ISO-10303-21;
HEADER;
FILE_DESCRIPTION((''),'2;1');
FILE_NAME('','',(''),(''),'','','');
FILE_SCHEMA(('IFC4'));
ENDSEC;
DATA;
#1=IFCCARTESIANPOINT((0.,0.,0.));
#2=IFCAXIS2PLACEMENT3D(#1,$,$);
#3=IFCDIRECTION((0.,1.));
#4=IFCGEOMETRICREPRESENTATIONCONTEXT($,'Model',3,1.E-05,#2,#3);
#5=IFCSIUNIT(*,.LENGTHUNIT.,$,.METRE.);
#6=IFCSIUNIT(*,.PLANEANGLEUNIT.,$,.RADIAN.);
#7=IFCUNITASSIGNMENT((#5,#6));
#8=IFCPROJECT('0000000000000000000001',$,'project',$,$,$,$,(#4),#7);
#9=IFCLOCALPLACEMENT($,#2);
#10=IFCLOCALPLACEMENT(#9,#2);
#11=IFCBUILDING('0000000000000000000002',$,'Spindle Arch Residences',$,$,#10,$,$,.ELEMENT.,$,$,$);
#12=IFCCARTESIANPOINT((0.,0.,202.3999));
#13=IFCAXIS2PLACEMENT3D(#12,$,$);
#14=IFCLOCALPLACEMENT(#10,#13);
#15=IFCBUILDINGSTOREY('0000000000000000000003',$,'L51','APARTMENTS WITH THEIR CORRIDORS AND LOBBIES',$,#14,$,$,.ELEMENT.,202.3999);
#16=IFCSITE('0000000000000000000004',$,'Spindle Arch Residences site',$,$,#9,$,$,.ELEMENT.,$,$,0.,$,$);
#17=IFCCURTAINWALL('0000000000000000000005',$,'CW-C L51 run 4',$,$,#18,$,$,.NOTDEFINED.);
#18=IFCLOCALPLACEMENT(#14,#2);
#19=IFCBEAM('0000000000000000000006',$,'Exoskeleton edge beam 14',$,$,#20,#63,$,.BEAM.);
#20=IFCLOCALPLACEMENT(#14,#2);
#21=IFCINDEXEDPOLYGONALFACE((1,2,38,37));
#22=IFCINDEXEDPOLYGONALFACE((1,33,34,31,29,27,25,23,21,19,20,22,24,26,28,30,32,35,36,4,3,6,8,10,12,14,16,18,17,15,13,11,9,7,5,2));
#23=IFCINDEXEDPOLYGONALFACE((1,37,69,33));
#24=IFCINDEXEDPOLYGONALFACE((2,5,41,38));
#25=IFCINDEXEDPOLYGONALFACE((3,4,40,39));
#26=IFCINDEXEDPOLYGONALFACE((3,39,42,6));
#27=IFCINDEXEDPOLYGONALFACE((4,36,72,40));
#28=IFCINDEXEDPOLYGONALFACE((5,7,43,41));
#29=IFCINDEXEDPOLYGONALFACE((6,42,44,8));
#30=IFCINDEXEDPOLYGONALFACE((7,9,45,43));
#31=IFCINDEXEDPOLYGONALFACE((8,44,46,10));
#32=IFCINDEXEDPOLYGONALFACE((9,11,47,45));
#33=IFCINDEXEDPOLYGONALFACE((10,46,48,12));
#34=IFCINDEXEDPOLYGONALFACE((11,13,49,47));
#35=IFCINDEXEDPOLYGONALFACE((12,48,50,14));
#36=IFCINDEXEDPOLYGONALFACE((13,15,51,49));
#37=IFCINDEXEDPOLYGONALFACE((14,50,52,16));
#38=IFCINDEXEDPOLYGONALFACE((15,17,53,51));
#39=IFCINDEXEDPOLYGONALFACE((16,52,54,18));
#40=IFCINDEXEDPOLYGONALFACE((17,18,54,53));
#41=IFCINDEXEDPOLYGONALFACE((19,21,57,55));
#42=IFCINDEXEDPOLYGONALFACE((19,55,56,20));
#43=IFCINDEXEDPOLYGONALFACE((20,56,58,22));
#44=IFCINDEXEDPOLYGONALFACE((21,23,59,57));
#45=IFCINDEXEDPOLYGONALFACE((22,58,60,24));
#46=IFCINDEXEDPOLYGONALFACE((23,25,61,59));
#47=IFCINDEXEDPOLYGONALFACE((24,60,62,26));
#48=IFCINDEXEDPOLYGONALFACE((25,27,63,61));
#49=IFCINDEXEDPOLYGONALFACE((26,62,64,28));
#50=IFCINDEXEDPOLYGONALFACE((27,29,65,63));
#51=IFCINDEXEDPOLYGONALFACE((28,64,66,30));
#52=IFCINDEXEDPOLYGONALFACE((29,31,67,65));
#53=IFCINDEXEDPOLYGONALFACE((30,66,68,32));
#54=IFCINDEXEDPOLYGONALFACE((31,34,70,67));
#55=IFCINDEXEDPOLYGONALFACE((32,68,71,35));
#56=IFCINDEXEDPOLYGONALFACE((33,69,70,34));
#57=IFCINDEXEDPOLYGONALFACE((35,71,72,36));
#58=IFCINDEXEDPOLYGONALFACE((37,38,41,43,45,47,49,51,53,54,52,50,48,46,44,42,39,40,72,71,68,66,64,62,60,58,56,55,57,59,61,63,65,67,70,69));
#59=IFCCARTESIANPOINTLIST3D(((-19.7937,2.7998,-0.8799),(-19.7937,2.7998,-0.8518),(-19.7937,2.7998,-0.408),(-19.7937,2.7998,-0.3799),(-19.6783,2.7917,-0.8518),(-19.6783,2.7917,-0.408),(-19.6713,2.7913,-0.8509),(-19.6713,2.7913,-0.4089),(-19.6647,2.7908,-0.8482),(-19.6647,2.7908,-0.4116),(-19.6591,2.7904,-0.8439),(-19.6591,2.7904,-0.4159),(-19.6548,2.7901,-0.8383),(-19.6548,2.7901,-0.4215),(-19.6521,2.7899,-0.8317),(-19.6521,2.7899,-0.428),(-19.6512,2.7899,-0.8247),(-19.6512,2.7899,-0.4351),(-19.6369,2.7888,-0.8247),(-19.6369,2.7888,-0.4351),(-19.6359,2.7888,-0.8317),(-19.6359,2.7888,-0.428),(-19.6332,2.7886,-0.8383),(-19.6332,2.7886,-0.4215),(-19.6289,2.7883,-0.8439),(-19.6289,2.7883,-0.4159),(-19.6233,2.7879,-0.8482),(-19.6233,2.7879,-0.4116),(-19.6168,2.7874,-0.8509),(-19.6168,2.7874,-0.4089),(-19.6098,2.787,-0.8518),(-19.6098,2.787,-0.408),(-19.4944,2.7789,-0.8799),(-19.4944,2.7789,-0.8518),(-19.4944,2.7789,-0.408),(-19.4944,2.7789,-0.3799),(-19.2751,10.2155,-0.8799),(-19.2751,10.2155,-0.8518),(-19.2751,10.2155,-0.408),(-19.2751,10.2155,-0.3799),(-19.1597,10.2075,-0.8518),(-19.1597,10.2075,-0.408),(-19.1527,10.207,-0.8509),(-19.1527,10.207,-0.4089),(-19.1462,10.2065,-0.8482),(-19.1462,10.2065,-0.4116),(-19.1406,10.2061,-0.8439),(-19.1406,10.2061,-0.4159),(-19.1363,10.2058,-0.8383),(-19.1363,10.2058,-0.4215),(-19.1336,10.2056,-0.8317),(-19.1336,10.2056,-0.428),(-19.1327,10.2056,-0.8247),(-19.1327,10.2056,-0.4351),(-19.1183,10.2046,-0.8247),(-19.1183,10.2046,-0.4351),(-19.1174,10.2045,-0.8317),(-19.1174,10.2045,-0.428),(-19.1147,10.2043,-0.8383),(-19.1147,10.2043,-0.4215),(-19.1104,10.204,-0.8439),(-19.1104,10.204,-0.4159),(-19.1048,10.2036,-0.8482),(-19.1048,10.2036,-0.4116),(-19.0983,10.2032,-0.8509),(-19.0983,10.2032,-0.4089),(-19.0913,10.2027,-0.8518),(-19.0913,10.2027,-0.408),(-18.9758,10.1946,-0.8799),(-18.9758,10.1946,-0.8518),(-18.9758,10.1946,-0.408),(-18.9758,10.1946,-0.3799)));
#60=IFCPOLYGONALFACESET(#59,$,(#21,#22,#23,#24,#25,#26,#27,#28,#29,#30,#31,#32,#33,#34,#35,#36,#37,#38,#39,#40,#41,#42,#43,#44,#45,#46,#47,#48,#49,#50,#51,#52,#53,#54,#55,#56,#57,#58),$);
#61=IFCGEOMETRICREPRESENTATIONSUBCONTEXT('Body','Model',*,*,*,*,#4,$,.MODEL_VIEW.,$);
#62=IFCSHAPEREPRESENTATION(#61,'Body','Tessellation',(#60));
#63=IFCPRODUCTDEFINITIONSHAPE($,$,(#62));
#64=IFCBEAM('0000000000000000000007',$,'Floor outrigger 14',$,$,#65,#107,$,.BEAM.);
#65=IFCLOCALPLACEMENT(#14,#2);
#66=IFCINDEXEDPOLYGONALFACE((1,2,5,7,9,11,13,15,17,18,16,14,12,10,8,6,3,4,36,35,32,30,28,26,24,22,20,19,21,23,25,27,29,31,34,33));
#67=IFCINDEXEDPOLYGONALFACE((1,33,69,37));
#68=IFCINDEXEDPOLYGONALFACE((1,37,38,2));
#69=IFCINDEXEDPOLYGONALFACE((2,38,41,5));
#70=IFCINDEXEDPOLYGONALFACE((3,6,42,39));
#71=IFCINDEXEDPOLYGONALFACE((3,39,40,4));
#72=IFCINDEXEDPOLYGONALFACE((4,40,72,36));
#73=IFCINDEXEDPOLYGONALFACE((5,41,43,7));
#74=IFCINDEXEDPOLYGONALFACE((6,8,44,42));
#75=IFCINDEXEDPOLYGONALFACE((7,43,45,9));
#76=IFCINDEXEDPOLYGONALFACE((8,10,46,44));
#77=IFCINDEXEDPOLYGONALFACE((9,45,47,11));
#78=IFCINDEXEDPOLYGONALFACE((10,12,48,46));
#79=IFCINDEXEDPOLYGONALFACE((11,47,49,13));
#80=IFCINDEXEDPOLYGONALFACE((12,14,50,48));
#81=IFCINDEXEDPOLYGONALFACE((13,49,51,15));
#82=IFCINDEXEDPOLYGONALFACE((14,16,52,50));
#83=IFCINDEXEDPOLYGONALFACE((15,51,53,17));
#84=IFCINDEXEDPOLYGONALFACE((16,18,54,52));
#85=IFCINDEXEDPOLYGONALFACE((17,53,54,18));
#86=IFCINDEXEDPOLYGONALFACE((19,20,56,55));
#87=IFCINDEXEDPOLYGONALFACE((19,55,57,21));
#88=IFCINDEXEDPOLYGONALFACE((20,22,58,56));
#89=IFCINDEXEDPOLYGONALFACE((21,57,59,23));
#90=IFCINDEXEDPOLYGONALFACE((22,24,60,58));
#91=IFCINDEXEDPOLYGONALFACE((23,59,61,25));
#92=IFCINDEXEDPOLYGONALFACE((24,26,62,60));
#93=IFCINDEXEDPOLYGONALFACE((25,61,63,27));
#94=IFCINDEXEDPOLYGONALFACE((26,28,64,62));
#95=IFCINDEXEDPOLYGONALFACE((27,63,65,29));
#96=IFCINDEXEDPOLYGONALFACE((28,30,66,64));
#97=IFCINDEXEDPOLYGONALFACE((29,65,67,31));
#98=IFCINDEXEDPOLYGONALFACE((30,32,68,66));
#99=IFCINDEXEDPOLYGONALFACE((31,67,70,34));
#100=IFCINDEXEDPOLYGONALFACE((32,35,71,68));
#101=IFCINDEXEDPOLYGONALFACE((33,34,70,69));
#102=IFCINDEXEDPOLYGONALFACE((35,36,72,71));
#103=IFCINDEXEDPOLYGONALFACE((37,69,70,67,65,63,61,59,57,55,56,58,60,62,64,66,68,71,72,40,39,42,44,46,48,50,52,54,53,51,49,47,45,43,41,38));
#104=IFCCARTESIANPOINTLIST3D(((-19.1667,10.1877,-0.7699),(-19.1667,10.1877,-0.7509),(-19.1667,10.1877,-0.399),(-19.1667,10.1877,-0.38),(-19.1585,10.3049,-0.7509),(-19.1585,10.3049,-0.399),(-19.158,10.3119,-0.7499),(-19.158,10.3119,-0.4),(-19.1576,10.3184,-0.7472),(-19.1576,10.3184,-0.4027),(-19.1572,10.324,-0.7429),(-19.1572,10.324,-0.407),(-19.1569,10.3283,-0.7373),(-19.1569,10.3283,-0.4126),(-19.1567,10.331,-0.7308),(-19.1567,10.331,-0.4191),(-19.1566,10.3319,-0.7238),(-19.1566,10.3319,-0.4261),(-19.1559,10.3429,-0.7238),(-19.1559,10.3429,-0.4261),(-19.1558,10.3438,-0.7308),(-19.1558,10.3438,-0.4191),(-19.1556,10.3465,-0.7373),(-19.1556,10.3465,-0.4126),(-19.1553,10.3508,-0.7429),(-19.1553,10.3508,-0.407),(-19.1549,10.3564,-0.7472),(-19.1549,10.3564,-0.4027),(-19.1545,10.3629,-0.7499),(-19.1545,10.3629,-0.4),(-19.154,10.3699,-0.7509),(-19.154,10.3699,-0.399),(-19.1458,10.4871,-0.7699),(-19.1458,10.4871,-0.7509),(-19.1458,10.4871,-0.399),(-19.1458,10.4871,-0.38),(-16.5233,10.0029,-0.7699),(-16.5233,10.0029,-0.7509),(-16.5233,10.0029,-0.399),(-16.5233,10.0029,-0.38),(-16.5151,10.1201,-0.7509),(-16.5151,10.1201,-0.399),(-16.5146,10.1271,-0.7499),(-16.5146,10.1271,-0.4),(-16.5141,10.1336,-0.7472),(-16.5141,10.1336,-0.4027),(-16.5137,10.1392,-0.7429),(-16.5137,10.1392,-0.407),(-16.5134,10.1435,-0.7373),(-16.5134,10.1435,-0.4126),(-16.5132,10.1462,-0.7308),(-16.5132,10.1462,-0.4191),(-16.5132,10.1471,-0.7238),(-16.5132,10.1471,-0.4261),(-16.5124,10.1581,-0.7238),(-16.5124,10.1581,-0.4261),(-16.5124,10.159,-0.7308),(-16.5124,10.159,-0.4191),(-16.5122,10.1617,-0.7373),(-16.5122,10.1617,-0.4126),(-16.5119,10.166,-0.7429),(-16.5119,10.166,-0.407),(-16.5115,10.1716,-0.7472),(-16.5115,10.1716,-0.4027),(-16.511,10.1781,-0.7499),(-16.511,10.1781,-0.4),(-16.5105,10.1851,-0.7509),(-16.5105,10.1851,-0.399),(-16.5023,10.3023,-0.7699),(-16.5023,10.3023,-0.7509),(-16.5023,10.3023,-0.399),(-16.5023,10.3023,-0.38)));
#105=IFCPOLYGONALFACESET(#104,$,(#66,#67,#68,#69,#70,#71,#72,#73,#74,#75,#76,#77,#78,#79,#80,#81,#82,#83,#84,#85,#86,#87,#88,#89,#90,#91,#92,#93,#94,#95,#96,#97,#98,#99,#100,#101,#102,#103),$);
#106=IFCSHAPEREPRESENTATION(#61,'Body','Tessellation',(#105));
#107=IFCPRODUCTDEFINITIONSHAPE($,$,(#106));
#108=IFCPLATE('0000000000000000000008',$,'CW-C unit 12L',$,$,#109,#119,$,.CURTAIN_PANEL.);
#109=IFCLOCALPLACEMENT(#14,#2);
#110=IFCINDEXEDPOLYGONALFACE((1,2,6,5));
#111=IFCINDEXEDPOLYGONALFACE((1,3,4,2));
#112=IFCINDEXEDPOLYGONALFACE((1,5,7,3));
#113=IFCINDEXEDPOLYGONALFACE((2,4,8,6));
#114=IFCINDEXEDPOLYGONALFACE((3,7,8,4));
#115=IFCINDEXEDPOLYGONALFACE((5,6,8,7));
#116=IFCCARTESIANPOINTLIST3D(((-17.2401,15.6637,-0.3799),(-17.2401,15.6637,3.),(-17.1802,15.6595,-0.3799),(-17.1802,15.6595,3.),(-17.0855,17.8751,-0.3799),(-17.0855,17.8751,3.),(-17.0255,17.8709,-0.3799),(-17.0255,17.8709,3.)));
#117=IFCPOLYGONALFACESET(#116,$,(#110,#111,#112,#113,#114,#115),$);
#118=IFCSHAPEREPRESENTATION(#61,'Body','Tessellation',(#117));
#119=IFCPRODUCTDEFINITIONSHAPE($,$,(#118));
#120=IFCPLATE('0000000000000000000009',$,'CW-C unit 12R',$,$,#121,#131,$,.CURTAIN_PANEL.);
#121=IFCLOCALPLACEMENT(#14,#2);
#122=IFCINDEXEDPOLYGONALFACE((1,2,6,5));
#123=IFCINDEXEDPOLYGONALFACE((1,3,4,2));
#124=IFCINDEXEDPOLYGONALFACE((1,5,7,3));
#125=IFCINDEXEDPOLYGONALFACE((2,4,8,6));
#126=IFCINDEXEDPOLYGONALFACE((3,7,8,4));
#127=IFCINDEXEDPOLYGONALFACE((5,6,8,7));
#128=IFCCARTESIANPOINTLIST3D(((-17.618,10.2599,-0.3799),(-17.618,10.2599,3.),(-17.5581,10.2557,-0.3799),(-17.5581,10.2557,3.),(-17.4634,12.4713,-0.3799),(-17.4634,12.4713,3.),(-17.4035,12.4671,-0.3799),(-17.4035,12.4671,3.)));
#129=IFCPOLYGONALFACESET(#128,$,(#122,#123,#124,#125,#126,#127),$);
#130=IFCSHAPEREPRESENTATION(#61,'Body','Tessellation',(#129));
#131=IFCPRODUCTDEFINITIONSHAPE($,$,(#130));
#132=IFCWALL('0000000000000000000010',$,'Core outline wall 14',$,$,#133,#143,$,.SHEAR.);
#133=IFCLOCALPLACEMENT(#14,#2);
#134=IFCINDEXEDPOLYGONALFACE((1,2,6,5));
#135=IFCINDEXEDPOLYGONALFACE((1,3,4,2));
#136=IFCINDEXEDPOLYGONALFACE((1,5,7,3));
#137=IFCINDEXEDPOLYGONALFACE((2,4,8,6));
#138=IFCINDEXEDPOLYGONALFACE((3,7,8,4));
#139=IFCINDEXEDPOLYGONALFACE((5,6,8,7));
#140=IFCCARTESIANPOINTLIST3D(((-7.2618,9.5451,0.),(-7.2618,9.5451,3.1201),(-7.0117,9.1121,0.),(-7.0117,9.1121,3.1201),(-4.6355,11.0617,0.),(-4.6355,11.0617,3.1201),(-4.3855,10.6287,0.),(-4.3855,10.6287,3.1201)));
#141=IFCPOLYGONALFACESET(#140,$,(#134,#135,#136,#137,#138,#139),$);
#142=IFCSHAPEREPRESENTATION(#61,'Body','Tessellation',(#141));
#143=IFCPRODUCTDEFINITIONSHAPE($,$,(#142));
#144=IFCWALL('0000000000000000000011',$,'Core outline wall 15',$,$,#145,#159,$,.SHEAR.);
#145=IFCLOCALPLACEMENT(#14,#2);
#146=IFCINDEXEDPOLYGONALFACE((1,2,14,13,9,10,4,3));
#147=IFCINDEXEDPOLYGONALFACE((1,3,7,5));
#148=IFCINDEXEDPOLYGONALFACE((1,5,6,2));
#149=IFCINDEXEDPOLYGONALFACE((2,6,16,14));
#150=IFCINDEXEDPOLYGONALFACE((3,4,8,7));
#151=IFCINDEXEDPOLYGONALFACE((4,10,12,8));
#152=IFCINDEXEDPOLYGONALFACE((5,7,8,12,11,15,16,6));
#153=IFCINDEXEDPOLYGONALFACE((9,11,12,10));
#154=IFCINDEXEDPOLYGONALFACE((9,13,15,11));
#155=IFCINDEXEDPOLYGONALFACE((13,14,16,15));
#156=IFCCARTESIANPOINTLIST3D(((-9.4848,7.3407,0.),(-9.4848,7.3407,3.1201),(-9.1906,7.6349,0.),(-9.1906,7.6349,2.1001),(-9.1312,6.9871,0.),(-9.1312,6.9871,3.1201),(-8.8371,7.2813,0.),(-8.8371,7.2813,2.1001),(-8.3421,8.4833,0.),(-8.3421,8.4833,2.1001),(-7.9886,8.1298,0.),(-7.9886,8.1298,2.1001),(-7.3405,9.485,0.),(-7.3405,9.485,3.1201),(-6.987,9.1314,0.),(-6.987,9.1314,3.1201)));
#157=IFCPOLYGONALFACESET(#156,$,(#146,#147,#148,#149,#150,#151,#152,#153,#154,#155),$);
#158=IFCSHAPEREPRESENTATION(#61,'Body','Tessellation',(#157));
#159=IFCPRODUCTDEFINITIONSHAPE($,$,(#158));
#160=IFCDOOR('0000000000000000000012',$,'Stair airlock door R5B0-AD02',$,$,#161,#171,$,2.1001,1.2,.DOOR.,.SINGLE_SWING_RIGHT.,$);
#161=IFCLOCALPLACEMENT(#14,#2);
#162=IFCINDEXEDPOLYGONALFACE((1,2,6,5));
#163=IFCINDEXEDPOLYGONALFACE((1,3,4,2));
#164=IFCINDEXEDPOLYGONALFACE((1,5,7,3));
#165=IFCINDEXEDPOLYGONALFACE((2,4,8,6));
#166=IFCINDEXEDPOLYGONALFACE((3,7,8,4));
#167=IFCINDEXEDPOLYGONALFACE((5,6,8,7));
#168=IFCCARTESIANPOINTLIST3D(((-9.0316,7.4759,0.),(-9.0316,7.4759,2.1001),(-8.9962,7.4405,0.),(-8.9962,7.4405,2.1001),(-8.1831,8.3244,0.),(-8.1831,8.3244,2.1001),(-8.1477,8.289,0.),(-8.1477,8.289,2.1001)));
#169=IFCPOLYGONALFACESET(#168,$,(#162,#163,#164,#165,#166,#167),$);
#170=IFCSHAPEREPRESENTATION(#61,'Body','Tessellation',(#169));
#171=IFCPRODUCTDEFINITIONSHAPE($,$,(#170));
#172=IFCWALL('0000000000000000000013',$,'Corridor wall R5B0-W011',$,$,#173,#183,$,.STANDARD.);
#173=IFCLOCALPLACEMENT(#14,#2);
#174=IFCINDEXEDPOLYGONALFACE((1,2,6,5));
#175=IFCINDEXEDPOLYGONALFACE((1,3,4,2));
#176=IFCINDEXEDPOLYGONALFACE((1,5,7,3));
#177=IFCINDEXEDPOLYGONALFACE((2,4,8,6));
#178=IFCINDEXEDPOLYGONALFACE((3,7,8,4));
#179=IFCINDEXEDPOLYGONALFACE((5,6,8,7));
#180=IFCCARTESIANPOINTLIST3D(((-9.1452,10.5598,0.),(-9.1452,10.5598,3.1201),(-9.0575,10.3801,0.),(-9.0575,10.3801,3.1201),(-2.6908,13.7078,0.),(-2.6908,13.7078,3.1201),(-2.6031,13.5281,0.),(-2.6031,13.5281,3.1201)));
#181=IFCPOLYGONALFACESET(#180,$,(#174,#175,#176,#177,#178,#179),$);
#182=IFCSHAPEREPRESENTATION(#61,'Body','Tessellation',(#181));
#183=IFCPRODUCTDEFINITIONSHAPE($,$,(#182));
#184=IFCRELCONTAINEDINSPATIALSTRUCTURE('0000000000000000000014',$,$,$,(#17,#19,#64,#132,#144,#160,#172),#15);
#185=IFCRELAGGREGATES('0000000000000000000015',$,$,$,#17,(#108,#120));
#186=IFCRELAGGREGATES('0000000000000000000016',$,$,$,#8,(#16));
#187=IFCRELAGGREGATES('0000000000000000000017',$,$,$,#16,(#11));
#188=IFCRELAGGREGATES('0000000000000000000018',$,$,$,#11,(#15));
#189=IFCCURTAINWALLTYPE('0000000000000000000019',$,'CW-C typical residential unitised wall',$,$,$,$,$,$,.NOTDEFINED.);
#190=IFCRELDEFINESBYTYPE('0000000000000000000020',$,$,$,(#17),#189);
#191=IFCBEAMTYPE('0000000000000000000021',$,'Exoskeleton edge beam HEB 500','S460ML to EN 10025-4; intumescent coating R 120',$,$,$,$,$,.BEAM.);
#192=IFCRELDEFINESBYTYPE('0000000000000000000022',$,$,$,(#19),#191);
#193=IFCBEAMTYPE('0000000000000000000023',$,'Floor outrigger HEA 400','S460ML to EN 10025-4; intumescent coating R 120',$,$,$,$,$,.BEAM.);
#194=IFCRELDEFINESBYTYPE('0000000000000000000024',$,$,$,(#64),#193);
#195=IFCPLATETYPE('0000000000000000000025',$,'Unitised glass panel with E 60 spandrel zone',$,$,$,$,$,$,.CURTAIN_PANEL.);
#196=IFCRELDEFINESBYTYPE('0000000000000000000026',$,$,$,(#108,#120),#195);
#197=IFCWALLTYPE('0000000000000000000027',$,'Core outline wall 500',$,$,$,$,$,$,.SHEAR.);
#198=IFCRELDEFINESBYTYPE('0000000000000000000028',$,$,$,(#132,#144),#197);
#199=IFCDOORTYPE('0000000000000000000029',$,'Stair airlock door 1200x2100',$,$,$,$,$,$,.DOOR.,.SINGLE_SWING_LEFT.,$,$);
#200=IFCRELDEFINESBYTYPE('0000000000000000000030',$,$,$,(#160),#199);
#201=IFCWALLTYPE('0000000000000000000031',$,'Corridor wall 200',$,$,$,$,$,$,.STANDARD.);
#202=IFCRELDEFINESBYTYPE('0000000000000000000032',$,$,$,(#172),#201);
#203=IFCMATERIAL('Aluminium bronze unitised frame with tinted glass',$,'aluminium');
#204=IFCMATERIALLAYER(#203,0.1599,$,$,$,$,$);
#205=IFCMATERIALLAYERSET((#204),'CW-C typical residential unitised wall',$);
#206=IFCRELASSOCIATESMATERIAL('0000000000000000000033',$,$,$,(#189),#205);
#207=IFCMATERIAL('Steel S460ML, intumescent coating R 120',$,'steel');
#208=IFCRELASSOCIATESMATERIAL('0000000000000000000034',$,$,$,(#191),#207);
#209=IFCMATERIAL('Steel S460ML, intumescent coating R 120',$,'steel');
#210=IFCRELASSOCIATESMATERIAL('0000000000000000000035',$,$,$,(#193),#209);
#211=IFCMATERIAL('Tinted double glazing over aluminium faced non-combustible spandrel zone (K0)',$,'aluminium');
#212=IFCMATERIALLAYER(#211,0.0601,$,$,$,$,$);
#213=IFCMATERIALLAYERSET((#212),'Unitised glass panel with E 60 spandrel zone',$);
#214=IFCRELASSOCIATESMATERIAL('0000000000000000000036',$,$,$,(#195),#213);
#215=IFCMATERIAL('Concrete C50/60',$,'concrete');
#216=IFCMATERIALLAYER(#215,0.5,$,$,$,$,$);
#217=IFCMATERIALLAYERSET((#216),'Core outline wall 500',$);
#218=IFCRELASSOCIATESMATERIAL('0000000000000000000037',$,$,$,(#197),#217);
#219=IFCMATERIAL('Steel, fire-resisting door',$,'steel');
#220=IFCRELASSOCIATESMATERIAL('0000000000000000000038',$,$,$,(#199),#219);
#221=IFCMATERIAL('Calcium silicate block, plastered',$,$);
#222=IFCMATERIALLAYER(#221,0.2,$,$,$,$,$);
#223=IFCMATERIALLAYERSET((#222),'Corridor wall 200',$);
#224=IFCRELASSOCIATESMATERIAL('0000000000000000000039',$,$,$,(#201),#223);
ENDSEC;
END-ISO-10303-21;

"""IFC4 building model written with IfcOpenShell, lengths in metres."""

from ifc_helpers import new_model, si_unit, direction, frame, frame_2d, origin, origin_2d, place, context, subcontext, project, spatial, rectangle, i_section, extrude, material, layer, layer_set, material_profile, profile_set, type_object, element, fill, aggregate, save


model = new_model("IFC4")

# Units and contexts
model_context = context("Model", 3, precision=1e-05, world=origin(), true_north=direction((0.0, 1.0)))
body_context = subcontext(model_context, "Body", "Model", "MODEL_VIEW")
ifc_project = project(units=[si_unit("LENGTHUNIT", "METRE"), si_unit("PLANEANGLEUNIT", "RADIAN")], contexts=[model_context])

# Site, building, storey
site_placement = place(None, origin())
site = spatial("IfcSite", under=ifc_project, at=site_placement, Name="Spindle Arch Residences site", CompositionType="ELEMENT", RefElevation=0.0)
building_placement = place(site_placement, origin())
building = spatial("IfcBuilding", under=site, at=building_placement, Name="Spindle Arch Residences", CompositionType="ELEMENT")
storey_placement = place(building_placement, frame((0.0, 0.0, 202.3999)))
storey = spatial("IfcBuildingStorey", under=building, at=storey_placement, Name="L51", Description="APARTMENTS WITH THEIR CORRIDORS AND LOBBIES", CompositionType="ELEMENT", Elevation=202.3999)

# Curtain wall
ifc_material_1 = material(Name="Aluminium bronze unitised frame with tinted glass", Category="aluminium")
ifc_layer_1 = layer(ifc_material_1, 0.1599)
ifc_layer_set_1 = layer_set([ifc_layer_1], Name="CW-C typical residential unitised wall")
curtain_wall_type = type_object("IfcCurtainWallType", Name="CW-C typical residential unitised wall", PredefinedType="NOTDEFINED", material=ifc_layer_set_1)
curtain_wall_placement = place(storey_placement, origin())
curtain_wall = element("IfcCurtainWall", 1, at=curtain_wall_placement, inside=storey, type_object=curtain_wall_type, Name="CW-C L51 run 4", PredefinedType="NOTDEFINED")

# Beams
ifc_material_2 = material(Name="Steel S460ML, intumescent coating R 120", Category="steel")
ifc_material_profile_1 = material_profile(ifc_material_2, i_section(OverallWidth=0.3, OverallDepth=0.5, WebThickness=0.0144, FlangeThickness=0.0281, FilletRadius=0.0271, at=origin_2d()), Name="HEB 500")
ifc_profile_set_1 = profile_set([ifc_material_profile_1], Name="Steel S460ML, intumescent coating R 120")
beam_type_1 = type_object("IfcBeamType", Name="Exoskeleton edge beam HEB 500", Description="S460ML to EN 10025-4; intumescent coating R 120", PredefinedType="BEAM", material=ifc_profile_set_1)
beam_1_placement = place(storey_placement, frame((-19.1255, 10.2051, -0.6299), z_axis=(-0.069756, -0.997564, 0.0), x_axis=(0.997564, -0.069756, 0.0)))
element("IfcBeam", 2, at=beam_1_placement, inside=storey, type_object=beam_type_1, Name="Exoskeleton edge beam 14", PredefinedType="BEAM", context=body_context, shape_type="SweptSolid", body=[
    extrude(i_section(OverallWidth=0.3, OverallDepth=0.5, WebThickness=0.0144, FlangeThickness=0.0281, FilletRadius=0.0271, at=origin_2d()), origin(), (0.0, 0.0, 1.0), 7.4338),
])
ifc_material_3 = material(Name="Steel S460ML, intumescent coating R 120", Category="steel")
ifc_material_profile_2 = material_profile(ifc_material_3, i_section(OverallWidth=0.3, OverallDepth=0.3899, WebThickness=0.011, FlangeThickness=0.019, FilletRadius=0.0271, at=origin_2d()), Name="HEA 400")
ifc_profile_set_2 = profile_set([ifc_material_profile_2], Name="Steel S460ML, intumescent coating R 120")
beam_type_2 = type_object("IfcBeamType", Name="Floor outrigger HEA 400", Description="S460ML to EN 10025-4; intumescent coating R 120", PredefinedType="BEAM", material=ifc_profile_set_2)
beam_2_placement = place(storey_placement, frame((-19.1562, 10.3374, -0.575), z_axis=(0.997565, -0.069741, 0.0), x_axis=(0.069741, 0.997565, 0.0)))
element("IfcBeam", 3, at=beam_2_placement, inside=storey, type_object=beam_type_2, Name="Floor outrigger 14", PredefinedType="BEAM", context=body_context, shape_type="SweptSolid", body=[
    extrude(i_section(OverallWidth=0.3, OverallDepth=0.3899, WebThickness=0.011, FlangeThickness=0.019, FilletRadius=0.0271, at=origin_2d()), origin(), (0.0, 0.0, 1.0), 2.6499),
])

# Plates
ifc_material_4 = material(Name="Tinted double glazing over aluminium faced non-combustible spandrel zone (K0)", Category="aluminium")
ifc_layer_2 = layer(ifc_material_4, 0.0601)
ifc_layer_set_2 = layer_set([ifc_layer_2], Name="Unitised glass panel with E 60 spandrel zone")
plate_type = type_object("IfcPlateType", Name="Unitised glass panel with E 60 spandrel zone", PredefinedType="CURTAIN_PANEL", material=ifc_layer_set_2)
plate_1_placement = place(storey_placement, frame((-17.1328, 16.7673, -0.3799), z_axis=(0.0, 0.0, 1.0), x_axis=(-0.069756, -0.997564, 0.0)))
plate_1 = element("IfcPlate", 4, at=plate_1_placement, type_object=plate_type, Name="CW-C unit 12L", PredefinedType="CURTAIN_PANEL", context=body_context, shape_type="SweptSolid", body=[
    extrude(rectangle(XDim=2.2168, YDim=0.0601, at=origin_2d()), origin(), (0.0, 0.0, 1.0), 3.3799),
])
plate_2_placement = place(storey_placement, frame((-17.5107, 11.3635, -0.3799), z_axis=(0.0, 0.0, 1.0), x_axis=(-0.069756, -0.997564, 0.0)))
plate_2 = element("IfcPlate", 5, at=plate_2_placement, type_object=plate_type, Name="CW-C unit 12R", PredefinedType="CURTAIN_PANEL", context=body_context, shape_type="SweptSolid", body=[
    extrude(rectangle(XDim=2.2168, YDim=0.0601, at=origin_2d()), origin(), (0.0, 0.0, 1.0), 3.3799),
])
aggregate(curtain_wall, [plate_1, plate_2])

# Wall
ifc_material_5 = material(Name="Concrete C50/60", Category="concrete")
ifc_layer_3 = layer(ifc_material_5, 0.5)
ifc_layer_set_3 = layer_set([ifc_layer_3], Name="Core outline wall 500")
wall_type_1 = type_object("IfcWallType", Name="Core outline wall 500", PredefinedType="SHEAR", material=ifc_layer_set_3)
wall_1_placement = place(storey_placement, frame((-4.5105, 10.8452, 0.0), z_axis=(0.0, 0.0, 1.0), x_axis=(-0.865975, -0.500087, 0.0)))
element("IfcWall", 6, at=wall_1_placement, inside=storey, type_object=wall_type_1, Name="Core outline wall 14", PredefinedType="SHEAR", context=body_context, shape_type="SweptSolid", body=[
    extrude(rectangle(XDim=3.0327, YDim=0.5, at=frame_2d((1.5164, 0.0))), origin(), (0.0, 0.0, 1.0), 3.1201),
])

# Wall, opening, door
wall_2_placement = place(storey_placement, frame((-7.1638, 9.3081, 0.0), z_axis=(0.0, 0.0, 1.0), x_axis=(-0.707107, -0.707107, 0.0)))
wall_2 = element("IfcWall", 7, at=wall_2_placement, inside=storey, type_object=wall_type_1, Name="Core outline wall 15", PredefinedType="SHEAR", context=body_context, shape_type="SweptSolid", body=[
    extrude(rectangle(XDim=3.0325, YDim=0.5, at=frame_2d((1.5161, 0.0))), origin(), (0.0, 0.0, 1.0), 3.1201),
])
opening_1_placement = place(wall_2_placement, frame((1.4163, 0.0, 0.0)))
opening_1 = element("IfcOpeningElement", 8, at=opening_1_placement, cuts=wall_2, PredefinedType="OPENING", context=body_context, shape_type="SweptSolid", body=[
    extrude(rectangle(XDim=1.2, YDim=2.1001, at=frame_2d((0.6001, 1.05))), frame((0.0, 0.26, 0.0), z_axis=(0.0, -1.0, 0.0), x_axis=(1.0, 0.0, 0.0)), (0.0, 0.0, 1.0), 0.52),
])
ifc_material_6 = material(Name="Steel, fire-resisting door", Category="steel")
door_type_1 = type_object("IfcDoorType", Name="Stair airlock door 1200x2100", OperationType="SINGLE_SWING_LEFT", PredefinedType="DOOR", material=ifc_material_6)
door_1_placement = place(opening_1_placement, origin())
door_1 = element("IfcDoor", 9, at=door_1_placement, inside=storey, type_object=door_type_1, Name="Stair airlock door R5B0-AD02", OperationType="SINGLE_SWING_RIGHT", OverallHeight=2.1001, OverallWidth=1.2, PredefinedType="DOOR", context=body_context, shape_type="SweptSolid", body=[
    extrude(rectangle(XDim=1.2, YDim=2.1001, at=frame_2d((0.6001, 1.05))), frame((0.0, 0.0249, 0.0), z_axis=(0.0, -1.0, 0.0), x_axis=(1.0, 0.0, 0.0)), (0.0, 0.0, 1.0), 0.05),
])
fill(opening_1, door_1)

# Wall
ifc_material_7 = material(Name="Calcium silicate block, plastered")
ifc_layer_4 = layer(ifc_material_7, 0.2)
ifc_layer_set_4 = layer_set([ifc_layer_4], Name="Corridor wall 200")
wall_type_2 = type_object("IfcWallType", Name="Corridor wall 200", PredefinedType="STANDARD", material=ifc_layer_set_4)
wall_3_placement = place(storey_placement, frame((-2.647, 13.6179, 0.0), z_axis=(0.0, 0.0, 1.0), x_axis=(-0.898797, -0.438366, 0.0)))
element("IfcWall", 10, at=wall_3_placement, inside=storey, type_object=wall_type_2, Name="Corridor wall R5B0-W011", PredefinedType="STANDARD", context=body_context, shape_type="SweptSolid", body=[
    extrude(rectangle(XDim=7.1812, YDim=0.2, at=frame_2d((3.5906, 0.0))), origin(), (0.0, 0.0, 1.0), 3.1201),
])

save(model, "model.ifc")
